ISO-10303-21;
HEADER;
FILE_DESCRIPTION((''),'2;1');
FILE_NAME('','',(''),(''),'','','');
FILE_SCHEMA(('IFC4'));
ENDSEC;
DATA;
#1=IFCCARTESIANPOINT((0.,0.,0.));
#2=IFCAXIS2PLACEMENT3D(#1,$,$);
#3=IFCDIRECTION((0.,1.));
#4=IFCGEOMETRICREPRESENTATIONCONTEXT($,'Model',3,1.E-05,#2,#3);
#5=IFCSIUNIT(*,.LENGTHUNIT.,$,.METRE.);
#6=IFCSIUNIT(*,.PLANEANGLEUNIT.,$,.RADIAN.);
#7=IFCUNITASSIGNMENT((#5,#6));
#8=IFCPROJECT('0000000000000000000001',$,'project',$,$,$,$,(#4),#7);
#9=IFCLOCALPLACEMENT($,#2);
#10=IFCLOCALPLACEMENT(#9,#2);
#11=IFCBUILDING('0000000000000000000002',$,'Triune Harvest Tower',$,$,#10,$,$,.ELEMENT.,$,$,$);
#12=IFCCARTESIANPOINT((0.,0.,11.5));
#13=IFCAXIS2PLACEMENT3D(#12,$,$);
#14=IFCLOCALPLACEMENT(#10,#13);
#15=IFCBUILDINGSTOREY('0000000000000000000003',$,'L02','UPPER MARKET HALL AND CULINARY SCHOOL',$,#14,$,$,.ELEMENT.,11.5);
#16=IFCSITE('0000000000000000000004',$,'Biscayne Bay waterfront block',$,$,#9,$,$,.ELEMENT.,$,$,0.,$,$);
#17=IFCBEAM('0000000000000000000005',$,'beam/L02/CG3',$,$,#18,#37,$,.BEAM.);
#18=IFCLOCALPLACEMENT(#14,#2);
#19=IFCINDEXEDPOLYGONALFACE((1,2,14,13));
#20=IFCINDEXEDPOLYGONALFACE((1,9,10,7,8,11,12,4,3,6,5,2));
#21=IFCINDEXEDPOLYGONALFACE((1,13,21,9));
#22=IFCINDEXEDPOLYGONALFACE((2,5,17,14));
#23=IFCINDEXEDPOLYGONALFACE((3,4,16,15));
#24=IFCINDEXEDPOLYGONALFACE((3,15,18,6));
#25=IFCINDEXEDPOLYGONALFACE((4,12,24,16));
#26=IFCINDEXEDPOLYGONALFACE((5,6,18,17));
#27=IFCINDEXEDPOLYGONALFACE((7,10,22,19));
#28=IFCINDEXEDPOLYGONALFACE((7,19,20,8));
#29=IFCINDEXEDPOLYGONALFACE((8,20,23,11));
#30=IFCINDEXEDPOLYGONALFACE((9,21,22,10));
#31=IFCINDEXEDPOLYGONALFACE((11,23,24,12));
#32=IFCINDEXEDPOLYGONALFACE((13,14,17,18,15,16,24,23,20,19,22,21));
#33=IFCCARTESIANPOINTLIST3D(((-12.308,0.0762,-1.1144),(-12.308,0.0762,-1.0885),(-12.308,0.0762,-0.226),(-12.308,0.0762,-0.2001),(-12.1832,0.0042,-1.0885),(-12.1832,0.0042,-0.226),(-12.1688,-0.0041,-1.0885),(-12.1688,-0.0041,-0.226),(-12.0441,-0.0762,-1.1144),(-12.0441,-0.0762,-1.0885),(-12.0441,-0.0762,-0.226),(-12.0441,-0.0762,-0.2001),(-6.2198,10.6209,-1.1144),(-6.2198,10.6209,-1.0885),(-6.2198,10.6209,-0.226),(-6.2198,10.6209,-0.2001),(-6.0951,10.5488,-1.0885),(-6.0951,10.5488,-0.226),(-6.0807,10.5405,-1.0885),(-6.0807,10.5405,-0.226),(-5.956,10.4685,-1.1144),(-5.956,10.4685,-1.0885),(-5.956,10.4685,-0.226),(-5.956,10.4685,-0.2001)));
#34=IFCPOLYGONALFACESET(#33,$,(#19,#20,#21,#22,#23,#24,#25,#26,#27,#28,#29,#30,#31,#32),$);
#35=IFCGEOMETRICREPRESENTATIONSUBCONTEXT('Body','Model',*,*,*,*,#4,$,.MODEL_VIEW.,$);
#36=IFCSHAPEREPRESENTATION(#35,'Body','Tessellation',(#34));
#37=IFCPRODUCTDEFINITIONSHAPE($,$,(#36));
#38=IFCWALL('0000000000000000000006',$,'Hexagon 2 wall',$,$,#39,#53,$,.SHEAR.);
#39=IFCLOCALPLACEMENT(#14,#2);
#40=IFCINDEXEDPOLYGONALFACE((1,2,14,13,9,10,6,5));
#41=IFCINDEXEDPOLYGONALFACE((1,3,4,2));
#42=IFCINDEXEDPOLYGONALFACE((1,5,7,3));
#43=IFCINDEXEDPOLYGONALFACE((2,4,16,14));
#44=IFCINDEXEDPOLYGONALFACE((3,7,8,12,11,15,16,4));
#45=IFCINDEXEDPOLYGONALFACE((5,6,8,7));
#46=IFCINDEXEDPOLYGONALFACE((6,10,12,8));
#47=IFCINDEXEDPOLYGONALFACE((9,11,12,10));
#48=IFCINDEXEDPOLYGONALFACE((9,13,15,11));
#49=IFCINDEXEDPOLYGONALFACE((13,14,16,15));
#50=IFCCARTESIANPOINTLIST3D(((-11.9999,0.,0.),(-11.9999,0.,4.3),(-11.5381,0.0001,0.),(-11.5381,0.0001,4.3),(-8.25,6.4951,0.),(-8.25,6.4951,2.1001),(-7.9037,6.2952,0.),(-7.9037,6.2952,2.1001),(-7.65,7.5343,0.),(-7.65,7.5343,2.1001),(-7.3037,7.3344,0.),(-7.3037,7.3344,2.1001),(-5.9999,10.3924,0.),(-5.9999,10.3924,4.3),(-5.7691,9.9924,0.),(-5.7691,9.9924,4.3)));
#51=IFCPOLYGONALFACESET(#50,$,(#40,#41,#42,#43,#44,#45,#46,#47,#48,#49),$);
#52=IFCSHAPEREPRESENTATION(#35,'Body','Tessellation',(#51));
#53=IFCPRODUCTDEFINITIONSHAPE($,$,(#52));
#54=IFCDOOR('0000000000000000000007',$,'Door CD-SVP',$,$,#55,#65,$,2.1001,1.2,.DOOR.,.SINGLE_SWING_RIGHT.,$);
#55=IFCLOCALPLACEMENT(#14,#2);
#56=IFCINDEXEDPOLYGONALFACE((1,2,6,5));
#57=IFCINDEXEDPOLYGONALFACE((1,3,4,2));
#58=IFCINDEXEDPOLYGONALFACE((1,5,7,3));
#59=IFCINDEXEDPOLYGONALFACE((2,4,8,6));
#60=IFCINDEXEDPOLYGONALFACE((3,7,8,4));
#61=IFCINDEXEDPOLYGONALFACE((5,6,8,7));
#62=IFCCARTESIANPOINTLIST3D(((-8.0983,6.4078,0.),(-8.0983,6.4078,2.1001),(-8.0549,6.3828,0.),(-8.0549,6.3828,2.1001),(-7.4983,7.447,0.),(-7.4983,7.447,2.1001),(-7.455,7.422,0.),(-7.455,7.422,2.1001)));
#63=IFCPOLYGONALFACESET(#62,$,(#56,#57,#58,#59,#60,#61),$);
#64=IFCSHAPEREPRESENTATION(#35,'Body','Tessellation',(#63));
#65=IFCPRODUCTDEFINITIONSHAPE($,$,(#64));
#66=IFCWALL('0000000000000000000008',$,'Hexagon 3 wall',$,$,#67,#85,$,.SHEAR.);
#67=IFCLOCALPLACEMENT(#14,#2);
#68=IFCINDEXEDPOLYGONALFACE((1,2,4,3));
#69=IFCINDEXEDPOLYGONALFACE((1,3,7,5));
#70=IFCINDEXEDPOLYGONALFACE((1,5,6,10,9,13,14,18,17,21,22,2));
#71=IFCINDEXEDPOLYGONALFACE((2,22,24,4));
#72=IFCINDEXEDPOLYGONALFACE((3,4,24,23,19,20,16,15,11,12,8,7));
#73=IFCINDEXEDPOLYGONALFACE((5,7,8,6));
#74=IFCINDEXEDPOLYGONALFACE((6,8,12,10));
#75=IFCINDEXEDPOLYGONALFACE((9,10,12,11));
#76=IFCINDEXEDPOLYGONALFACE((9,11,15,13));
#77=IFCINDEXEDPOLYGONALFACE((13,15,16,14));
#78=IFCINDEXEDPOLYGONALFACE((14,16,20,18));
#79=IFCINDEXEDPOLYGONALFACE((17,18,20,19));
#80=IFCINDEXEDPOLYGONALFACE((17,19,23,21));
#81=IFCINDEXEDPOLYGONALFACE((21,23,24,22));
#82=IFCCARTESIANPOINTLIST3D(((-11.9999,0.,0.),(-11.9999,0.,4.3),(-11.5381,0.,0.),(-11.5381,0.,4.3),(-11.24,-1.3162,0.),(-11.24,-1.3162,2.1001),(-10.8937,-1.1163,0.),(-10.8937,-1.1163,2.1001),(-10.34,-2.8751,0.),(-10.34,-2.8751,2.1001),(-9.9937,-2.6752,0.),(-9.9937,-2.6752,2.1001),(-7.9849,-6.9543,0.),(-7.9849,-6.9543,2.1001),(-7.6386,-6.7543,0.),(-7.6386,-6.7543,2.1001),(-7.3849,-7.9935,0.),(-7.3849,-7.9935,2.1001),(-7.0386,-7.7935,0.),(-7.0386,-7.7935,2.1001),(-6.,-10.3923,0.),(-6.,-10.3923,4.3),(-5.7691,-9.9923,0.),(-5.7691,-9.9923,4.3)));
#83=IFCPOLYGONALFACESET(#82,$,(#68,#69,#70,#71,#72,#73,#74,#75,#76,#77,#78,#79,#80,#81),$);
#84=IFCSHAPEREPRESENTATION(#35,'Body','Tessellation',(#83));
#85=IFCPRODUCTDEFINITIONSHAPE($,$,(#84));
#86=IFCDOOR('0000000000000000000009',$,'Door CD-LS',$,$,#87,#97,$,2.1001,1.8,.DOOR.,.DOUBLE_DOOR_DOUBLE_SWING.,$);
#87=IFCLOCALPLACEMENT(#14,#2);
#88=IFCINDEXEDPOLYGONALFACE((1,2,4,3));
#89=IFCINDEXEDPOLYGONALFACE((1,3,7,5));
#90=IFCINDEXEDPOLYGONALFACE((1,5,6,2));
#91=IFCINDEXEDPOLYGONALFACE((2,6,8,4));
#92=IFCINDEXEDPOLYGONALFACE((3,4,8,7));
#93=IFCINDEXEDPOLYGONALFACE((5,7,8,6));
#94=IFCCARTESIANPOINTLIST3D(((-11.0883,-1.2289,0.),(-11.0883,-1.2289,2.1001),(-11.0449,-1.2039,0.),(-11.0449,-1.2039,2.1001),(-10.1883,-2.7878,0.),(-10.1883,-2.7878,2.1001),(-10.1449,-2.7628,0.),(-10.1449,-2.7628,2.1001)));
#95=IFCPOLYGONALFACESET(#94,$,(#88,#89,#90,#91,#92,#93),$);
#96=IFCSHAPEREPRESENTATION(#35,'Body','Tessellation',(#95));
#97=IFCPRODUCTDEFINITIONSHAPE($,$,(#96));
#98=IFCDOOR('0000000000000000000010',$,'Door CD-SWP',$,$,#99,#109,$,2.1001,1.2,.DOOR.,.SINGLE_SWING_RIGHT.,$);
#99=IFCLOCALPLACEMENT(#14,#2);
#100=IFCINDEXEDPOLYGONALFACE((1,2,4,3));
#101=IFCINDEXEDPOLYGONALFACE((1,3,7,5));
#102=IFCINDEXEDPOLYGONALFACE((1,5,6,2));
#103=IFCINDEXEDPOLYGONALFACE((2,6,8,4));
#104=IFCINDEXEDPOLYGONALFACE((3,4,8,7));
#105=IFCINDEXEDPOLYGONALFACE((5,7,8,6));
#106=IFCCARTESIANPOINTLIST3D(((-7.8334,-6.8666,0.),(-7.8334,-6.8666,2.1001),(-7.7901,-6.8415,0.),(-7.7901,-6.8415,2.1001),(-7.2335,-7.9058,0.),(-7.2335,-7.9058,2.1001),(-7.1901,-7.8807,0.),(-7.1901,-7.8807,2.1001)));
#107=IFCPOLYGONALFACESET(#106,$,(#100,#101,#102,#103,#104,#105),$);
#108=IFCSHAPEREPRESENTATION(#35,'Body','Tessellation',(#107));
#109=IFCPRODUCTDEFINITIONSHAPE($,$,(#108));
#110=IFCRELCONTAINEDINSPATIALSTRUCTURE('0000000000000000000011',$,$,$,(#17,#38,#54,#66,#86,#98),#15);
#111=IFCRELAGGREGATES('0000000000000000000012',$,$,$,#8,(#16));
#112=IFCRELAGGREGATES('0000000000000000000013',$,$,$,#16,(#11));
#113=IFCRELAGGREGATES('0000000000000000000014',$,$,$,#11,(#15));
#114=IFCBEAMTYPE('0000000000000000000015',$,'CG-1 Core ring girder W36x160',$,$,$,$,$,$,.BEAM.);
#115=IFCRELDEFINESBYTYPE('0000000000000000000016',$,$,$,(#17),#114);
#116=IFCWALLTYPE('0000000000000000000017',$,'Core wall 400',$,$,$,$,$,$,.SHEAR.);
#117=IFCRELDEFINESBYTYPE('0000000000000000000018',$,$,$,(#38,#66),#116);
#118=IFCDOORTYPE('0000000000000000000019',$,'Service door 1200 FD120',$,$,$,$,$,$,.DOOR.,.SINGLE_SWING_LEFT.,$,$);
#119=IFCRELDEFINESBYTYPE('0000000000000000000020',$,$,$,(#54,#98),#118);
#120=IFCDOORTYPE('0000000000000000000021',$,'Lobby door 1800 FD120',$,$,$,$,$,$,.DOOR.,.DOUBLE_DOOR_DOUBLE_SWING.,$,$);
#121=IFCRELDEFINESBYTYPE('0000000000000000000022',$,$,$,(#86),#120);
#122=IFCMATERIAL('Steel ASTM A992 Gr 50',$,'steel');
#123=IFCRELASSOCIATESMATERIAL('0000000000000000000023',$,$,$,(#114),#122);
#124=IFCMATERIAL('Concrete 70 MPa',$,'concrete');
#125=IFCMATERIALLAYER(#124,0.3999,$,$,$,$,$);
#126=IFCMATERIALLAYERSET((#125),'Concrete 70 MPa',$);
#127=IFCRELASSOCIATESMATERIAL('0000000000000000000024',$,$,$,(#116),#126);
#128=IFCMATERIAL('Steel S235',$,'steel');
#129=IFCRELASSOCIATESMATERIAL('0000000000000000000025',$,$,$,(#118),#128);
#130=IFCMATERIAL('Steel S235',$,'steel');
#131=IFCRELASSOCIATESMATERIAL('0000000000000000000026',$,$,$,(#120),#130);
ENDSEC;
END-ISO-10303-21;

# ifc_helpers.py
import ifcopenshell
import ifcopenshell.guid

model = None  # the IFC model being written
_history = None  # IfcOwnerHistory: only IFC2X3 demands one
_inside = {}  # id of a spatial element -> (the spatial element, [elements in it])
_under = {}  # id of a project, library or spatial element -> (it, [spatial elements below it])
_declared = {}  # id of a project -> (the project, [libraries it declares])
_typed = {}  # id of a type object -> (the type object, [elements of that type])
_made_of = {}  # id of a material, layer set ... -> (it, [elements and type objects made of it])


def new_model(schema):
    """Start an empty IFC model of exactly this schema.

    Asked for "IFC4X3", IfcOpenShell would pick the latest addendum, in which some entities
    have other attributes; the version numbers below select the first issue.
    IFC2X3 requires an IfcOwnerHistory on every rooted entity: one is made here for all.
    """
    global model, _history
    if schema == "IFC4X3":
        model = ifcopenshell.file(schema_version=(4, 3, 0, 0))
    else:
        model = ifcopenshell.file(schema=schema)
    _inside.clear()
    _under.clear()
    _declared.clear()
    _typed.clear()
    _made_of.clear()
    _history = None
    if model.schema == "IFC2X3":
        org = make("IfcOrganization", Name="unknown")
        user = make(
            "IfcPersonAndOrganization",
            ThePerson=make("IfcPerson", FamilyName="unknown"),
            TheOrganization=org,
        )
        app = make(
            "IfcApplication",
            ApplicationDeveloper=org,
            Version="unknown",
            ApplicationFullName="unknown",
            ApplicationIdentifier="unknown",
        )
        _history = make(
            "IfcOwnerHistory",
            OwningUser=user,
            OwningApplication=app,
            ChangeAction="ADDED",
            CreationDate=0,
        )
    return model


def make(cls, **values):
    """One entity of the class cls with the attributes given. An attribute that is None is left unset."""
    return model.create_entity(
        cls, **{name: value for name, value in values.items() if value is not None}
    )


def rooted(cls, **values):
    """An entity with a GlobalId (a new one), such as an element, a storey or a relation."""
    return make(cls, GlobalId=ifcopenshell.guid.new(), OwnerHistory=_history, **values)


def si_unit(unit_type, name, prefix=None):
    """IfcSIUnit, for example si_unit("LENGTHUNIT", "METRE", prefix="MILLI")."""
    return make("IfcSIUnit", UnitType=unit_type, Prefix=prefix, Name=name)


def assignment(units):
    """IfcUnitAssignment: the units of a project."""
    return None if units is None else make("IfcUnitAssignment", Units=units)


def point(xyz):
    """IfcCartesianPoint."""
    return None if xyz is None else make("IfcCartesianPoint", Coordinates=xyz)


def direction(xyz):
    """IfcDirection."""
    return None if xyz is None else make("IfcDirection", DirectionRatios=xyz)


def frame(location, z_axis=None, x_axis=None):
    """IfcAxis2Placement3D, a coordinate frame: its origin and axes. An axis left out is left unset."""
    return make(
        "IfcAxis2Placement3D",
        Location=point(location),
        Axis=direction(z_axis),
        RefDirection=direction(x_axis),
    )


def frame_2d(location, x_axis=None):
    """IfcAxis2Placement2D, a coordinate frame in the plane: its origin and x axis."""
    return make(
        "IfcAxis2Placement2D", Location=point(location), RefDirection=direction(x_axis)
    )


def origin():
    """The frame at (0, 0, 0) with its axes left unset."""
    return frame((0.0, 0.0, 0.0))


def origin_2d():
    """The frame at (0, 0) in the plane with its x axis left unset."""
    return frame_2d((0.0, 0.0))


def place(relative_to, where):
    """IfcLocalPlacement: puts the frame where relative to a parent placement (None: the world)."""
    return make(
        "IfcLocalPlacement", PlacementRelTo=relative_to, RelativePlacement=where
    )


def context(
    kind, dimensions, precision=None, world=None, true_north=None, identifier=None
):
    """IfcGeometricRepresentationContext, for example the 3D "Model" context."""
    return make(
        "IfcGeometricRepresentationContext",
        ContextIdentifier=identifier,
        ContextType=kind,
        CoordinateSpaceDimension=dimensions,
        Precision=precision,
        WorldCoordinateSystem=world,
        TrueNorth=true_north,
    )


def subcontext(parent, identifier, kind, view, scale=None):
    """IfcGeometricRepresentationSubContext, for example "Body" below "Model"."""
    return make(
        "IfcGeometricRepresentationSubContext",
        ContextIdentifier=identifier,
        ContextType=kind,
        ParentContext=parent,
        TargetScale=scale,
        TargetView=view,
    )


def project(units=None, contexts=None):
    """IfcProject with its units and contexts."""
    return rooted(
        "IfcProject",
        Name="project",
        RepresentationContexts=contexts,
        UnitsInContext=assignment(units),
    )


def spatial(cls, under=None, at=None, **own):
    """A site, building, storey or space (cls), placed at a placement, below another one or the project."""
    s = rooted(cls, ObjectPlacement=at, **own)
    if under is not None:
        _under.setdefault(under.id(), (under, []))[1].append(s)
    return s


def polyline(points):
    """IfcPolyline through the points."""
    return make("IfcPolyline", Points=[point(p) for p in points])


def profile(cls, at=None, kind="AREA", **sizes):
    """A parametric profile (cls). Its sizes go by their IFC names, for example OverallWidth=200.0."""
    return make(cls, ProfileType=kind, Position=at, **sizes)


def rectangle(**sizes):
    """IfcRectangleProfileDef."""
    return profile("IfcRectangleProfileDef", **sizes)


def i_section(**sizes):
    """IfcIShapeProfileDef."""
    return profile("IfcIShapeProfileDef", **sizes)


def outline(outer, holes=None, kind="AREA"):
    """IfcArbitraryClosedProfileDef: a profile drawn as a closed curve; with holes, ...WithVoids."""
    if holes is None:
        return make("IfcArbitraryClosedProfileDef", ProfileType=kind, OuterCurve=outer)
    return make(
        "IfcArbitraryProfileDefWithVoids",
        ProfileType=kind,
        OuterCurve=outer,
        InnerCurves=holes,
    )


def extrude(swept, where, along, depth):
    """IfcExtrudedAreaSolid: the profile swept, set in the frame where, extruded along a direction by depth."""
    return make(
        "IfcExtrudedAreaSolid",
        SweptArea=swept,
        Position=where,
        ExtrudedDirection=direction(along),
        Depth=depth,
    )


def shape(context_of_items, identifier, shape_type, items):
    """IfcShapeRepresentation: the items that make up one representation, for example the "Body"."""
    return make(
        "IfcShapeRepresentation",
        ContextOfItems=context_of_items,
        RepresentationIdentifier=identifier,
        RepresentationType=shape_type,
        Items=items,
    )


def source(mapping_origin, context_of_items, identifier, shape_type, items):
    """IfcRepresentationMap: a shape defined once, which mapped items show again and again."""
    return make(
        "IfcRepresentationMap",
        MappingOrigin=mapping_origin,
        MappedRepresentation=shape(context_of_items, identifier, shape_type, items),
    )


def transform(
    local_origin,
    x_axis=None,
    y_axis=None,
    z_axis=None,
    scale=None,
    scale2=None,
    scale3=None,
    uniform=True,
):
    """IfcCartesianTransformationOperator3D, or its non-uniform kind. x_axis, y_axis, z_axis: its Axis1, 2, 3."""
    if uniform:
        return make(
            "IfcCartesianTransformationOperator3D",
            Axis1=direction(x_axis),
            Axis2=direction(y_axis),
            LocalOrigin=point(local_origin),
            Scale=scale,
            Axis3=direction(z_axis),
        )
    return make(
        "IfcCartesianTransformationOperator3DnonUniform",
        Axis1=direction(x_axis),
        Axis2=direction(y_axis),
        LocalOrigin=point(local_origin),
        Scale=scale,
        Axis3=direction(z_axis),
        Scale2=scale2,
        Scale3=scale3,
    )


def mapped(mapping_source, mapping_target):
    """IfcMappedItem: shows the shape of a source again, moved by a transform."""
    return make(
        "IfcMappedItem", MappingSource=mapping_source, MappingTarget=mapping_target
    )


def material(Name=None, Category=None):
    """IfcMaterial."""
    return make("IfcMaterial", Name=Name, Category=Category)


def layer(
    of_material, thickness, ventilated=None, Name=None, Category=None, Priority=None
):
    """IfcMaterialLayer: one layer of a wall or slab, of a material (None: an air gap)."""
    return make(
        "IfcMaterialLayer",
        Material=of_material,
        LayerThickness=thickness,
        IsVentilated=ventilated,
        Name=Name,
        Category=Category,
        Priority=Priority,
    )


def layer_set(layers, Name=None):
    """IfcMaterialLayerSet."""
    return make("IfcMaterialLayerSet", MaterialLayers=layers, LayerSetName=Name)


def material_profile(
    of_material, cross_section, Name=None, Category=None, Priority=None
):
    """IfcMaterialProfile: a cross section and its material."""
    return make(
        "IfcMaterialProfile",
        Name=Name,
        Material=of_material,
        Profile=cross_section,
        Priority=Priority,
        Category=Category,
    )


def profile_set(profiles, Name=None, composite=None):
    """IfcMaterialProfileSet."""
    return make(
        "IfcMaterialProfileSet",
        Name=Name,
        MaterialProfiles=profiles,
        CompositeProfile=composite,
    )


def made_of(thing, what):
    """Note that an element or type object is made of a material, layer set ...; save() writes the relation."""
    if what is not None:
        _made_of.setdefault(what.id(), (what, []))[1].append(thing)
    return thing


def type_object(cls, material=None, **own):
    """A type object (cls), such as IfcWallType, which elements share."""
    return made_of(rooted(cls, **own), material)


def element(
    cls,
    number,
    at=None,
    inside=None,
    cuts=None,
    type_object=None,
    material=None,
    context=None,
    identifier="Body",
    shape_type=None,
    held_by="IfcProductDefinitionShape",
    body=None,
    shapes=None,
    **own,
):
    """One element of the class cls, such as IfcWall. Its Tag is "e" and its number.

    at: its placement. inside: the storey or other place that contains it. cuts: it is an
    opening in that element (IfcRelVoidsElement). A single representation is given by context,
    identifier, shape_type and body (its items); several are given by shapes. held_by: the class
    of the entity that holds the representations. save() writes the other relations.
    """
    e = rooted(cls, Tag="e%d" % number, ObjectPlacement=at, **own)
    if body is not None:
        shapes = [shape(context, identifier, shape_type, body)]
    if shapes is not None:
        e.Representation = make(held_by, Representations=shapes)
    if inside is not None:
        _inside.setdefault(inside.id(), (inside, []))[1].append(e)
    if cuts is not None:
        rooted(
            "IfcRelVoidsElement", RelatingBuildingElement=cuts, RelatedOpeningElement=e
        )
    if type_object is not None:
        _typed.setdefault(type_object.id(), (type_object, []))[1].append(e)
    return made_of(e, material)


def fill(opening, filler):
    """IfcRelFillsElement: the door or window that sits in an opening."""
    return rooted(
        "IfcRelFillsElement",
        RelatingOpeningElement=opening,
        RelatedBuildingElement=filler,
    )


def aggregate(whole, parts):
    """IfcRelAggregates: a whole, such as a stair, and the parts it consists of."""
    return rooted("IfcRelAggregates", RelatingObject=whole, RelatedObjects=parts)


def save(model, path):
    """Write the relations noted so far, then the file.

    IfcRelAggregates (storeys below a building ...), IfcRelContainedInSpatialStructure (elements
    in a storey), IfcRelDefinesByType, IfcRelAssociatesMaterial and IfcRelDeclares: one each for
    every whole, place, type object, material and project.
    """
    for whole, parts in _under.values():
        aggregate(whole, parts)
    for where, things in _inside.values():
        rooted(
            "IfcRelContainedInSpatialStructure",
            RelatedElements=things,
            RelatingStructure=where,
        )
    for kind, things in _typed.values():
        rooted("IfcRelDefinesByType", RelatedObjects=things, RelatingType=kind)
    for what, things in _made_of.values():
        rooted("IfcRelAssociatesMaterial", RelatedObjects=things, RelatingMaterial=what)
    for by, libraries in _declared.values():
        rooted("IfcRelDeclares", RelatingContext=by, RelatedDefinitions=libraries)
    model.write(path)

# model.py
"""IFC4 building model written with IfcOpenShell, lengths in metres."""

from ifc_helpers import new_model, si_unit, direction, frame, frame_2d, origin, origin_2d, place, context, subcontext, project, spatial, polyline, rectangle, i_section, outline, extrude, source, transform, mapped, material, layer, layer_set, material_profile, profile_set, type_object, element, fill, save


model = new_model("IFC4")

# Units and contexts
model_context = context("Model", 3, precision=1e-05, world=origin(), true_north=direction((0.0, 1.0)))
body_context = subcontext(model_context, "Body", "Model", "MODEL_VIEW")
ifc_project = project(units=[si_unit("LENGTHUNIT", "METRE"), si_unit("PLANEANGLEUNIT", "RADIAN")], contexts=[model_context])

# Site, building, storey
site_placement = place(None, origin())
site = spatial("IfcSite", under=ifc_project, at=site_placement, Name="Biscayne Bay waterfront block", CompositionType="ELEMENT", RefElevation=0.0)
building_placement = place(site_placement, origin())
building = spatial("IfcBuilding", under=site, at=building_placement, Name="Triune Harvest Tower", CompositionType="ELEMENT")
storey_placement = place(building_placement, frame((0.0, 0.0, 11.5)))
storey = spatial("IfcBuildingStorey", under=building, at=storey_placement, Name="L02", Description="UPPER MARKET HALL AND CULINARY SCHOOL", CompositionType="ELEMENT", Elevation=11.5)

# Beam
ifc_material_1 = material(Name="Steel ASTM A992 Gr 50", Category="steel")
ifc_material_profile = material_profile(ifc_material_1, i_section(OverallWidth=0.3047, OverallDepth=0.9143, WebThickness=0.0166, FlangeThickness=0.0259, at=origin_2d()), Name="W36x160")
ifc_profile_set = profile_set([ifc_material_profile], Name="Steel ASTM A992 Gr 50")
beam_type = type_object("IfcBeamType", Name="CG-1 Core ring girder W36x160", PredefinedType="BEAM", material=ifc_profile_set)
shared_shape_1 = source(origin(), body_context, "Body", "SweptSolid", [
    extrude(i_section(OverallWidth=0.3047, OverallDepth=0.9143, WebThickness=0.0166, FlangeThickness=0.0259, at=origin_2d()), origin(), (0.0, 0.0, 1.0), 12.176),
])
beam_placement = place(storey_placement, frame((-6.0879, 10.5447, -0.6572), z_axis=(-0.50001, -0.86602, 0.0), x_axis=(0.86602, -0.50001, 0.0)))
element("IfcBeam", 1, at=beam_placement, inside=storey, type_object=beam_type, Name="beam/L02/CG3", PredefinedType="BEAM", context=body_context, shape_type="MappedRepresentation", body=[
    mapped(shared_shape_1, transform((0.0, 0.0, 0.0), scale=1.0)),
])

# Wall, opening, door
ifc_material_2 = material(Name="Concrete 70 MPa", Category="concrete")
ifc_layer_1 = layer(ifc_material_2, 0.3999)
ifc_layer_set_1 = layer_set([ifc_layer_1], Name="Concrete 70 MPa")
wall_type_1 = type_object("IfcWallType", Name="Core wall 400", PredefinedType="SHEAR", material=ifc_layer_set_1)
shared_shape_2 = source(origin(), body_context, "Body", "SweptSolid", [
    extrude(outline(polyline([(-0.1155, -0.2), (11.8845, -0.2), (11.6536, 0.2), (0.1155, 0.2), (-0.1155, -0.2)])), origin(), (0.0, 0.0, 1.0), 4.3),
])
wall_1_placement = place(storey_placement, frame((-5.8845, 10.1924, 0.0), z_axis=(0.0, 0.0, 1.0), x_axis=(-0.499997, -0.866027, 0.0)))
wall_1 = element("IfcWall", 2, at=wall_1_placement, inside=storey, type_object=wall_type_1, Name="Hexagon 2 wall", PredefinedType="SHEAR", context=body_context, shape_type="MappedRepresentation", body=[
    mapped(shared_shape_2, transform((0.0, 0.0, 0.0), scale=1.0)),
])
opening_1_placement = place(wall_1_placement, frame((3.1846, 0.0, 0.0)))
opening_1 = element("IfcOpeningElement", 3, at=opening_1_placement, cuts=wall_1, PredefinedType="OPENING", context=body_context, shape_type="SweptSolid", body=[
    extrude(rectangle(XDim=1.2, YDim=2.1001, at=frame_2d((0.6001, 1.05))), frame((0.0, 0.21, 0.0), z_axis=(0.0, -1.0, 0.0), x_axis=(1.0, 0.0, 0.0)), (0.0, 0.0, 1.0), 0.4199),
])
ifc_material_3 = material(Name="Steel S235", Category="steel")
door_type_1 = type_object("IfcDoorType", Name="Service door 1200 FD120", OperationType="SINGLE_SWING_LEFT", PredefinedType="DOOR", material=ifc_material_3)
door_1_placement = place(opening_1_placement, frame((1.2, 0.0, 0.0), z_axis=(0.0, 0.0, 1.0), x_axis=(-1.0, 0.0, 0.0)))
door_1 = element("IfcDoor", 4, at=door_1_placement, inside=storey, type_object=door_type_1, Name="Door CD-SVP", OperationType="SINGLE_SWING_RIGHT", OverallHeight=2.1001, OverallWidth=1.2, PredefinedType="DOOR", context=body_context, shape_type="SweptSolid", body=[
    extrude(rectangle(XDim=1.2, YDim=2.1001, at=frame_2d((0.6001, 1.05))), frame((0.0, 0.0249, 0.0), z_axis=(0.0, -1.0, 0.0), x_axis=(1.0, 0.0, 0.0)), (0.0, 0.0, 1.0), 0.05),
])
fill(opening_1, door_1)

# Wall, openings, doors
wall_2_placement = place(storey_placement, frame((-11.769, 0.0, 0.0), z_axis=(0.0, 0.0, 1.0), x_axis=(0.499997, -0.866027, 0.0)))
wall_2 = element("IfcWall", 5, at=wall_2_placement, inside=storey, type_object=wall_type_1, Name="Hexagon 3 wall", PredefinedType="SHEAR", context=body_context, shape_type="MappedRepresentation", body=[
    mapped(shared_shape_2, transform((0.0, 0.0, 0.0), scale=1.0)),
])
opening_2_placement = place(wall_2_placement, frame((1.4045, 0.0, 0.0)))
opening_2 = element("IfcOpeningElement", 6, at=opening_2_placement, cuts=wall_2, PredefinedType="OPENING", context=body_context, shape_type="SweptSolid", body=[
    extrude(rectangle(XDim=1.8, YDim=2.1001, at=frame_2d((0.8999, 1.05))), frame((0.0, 0.21, 0.0), z_axis=(0.0, -1.0, 0.0), x_axis=(1.0, 0.0, 0.0)), (0.0, 0.0, 1.0), 0.4199),
])
opening_3_placement = place(wall_2_placement, frame((7.9146, 0.0, 0.0)))
opening_3 = element("IfcOpeningElement", 7, at=opening_3_placement, cuts=wall_2, PredefinedType="OPENING", context=body_context, shape_type="SweptSolid", body=[
    extrude(rectangle(XDim=1.2, YDim=2.1001, at=frame_2d((0.6001, 1.05))), frame((0.0, 0.21, 0.0), z_axis=(0.0, -1.0, 0.0), x_axis=(1.0, 0.0, 0.0)), (0.0, 0.0, 1.0), 0.4199),
])
ifc_material_4 = material(Name="Steel S235", Category="steel")
door_type_2 = type_object("IfcDoorType", Name="Lobby door 1800 FD120", OperationType="DOUBLE_DOOR_DOUBLE_SWING", PredefinedType="DOOR", material=ifc_material_4)
door_2_placement = place(opening_2_placement, frame((1.8, 0.0, 0.0), z_axis=(0.0, 0.0, 1.0), x_axis=(-1.0, 0.0, 0.0)))
door_2 = element("IfcDoor", 8, at=door_2_placement, inside=storey, type_object=door_type_2, Name="Door CD-LS", OperationType="DOUBLE_DOOR_DOUBLE_SWING", OverallHeight=2.1001, OverallWidth=1.8, PredefinedType="DOOR", context=body_context, shape_type="SweptSolid", body=[
    extrude(rectangle(XDim=1.8, YDim=2.1001, at=frame_2d((0.8999, 1.05))), frame((0.0, 0.0249, 0.0), z_axis=(0.0, -1.0, 0.0), x_axis=(1.0, 0.0, 0.0)), (0.0, 0.0, 1.0), 0.05),
])
fill(opening_2, door_2)
door_3_placement = place(opening_3_placement, frame((1.2, 0.0, 0.0), z_axis=(0.0, 0.0, 1.0), x_axis=(-1.0, 0.0, 0.0)))
door_3 = element("IfcDoor", 9, at=door_3_placement, inside=storey, type_object=door_type_1, Name="Door CD-SWP", OperationType="SINGLE_SWING_RIGHT", OverallHeight=2.1001, OverallWidth=1.2, PredefinedType="DOOR", context=body_context, shape_type="SweptSolid", body=[
    extrude(rectangle(XDim=1.2, YDim=2.1001, at=frame_2d((0.6001, 1.05))), frame((0.0, 0.0249, 0.0), z_axis=(0.0, -1.0, 0.0), x_axis=(1.0, 0.0, 0.0)), (0.0, 0.0, 1.0), 0.05),
])
fill(opening_3, door_3)

save(model, "model.ifc")
